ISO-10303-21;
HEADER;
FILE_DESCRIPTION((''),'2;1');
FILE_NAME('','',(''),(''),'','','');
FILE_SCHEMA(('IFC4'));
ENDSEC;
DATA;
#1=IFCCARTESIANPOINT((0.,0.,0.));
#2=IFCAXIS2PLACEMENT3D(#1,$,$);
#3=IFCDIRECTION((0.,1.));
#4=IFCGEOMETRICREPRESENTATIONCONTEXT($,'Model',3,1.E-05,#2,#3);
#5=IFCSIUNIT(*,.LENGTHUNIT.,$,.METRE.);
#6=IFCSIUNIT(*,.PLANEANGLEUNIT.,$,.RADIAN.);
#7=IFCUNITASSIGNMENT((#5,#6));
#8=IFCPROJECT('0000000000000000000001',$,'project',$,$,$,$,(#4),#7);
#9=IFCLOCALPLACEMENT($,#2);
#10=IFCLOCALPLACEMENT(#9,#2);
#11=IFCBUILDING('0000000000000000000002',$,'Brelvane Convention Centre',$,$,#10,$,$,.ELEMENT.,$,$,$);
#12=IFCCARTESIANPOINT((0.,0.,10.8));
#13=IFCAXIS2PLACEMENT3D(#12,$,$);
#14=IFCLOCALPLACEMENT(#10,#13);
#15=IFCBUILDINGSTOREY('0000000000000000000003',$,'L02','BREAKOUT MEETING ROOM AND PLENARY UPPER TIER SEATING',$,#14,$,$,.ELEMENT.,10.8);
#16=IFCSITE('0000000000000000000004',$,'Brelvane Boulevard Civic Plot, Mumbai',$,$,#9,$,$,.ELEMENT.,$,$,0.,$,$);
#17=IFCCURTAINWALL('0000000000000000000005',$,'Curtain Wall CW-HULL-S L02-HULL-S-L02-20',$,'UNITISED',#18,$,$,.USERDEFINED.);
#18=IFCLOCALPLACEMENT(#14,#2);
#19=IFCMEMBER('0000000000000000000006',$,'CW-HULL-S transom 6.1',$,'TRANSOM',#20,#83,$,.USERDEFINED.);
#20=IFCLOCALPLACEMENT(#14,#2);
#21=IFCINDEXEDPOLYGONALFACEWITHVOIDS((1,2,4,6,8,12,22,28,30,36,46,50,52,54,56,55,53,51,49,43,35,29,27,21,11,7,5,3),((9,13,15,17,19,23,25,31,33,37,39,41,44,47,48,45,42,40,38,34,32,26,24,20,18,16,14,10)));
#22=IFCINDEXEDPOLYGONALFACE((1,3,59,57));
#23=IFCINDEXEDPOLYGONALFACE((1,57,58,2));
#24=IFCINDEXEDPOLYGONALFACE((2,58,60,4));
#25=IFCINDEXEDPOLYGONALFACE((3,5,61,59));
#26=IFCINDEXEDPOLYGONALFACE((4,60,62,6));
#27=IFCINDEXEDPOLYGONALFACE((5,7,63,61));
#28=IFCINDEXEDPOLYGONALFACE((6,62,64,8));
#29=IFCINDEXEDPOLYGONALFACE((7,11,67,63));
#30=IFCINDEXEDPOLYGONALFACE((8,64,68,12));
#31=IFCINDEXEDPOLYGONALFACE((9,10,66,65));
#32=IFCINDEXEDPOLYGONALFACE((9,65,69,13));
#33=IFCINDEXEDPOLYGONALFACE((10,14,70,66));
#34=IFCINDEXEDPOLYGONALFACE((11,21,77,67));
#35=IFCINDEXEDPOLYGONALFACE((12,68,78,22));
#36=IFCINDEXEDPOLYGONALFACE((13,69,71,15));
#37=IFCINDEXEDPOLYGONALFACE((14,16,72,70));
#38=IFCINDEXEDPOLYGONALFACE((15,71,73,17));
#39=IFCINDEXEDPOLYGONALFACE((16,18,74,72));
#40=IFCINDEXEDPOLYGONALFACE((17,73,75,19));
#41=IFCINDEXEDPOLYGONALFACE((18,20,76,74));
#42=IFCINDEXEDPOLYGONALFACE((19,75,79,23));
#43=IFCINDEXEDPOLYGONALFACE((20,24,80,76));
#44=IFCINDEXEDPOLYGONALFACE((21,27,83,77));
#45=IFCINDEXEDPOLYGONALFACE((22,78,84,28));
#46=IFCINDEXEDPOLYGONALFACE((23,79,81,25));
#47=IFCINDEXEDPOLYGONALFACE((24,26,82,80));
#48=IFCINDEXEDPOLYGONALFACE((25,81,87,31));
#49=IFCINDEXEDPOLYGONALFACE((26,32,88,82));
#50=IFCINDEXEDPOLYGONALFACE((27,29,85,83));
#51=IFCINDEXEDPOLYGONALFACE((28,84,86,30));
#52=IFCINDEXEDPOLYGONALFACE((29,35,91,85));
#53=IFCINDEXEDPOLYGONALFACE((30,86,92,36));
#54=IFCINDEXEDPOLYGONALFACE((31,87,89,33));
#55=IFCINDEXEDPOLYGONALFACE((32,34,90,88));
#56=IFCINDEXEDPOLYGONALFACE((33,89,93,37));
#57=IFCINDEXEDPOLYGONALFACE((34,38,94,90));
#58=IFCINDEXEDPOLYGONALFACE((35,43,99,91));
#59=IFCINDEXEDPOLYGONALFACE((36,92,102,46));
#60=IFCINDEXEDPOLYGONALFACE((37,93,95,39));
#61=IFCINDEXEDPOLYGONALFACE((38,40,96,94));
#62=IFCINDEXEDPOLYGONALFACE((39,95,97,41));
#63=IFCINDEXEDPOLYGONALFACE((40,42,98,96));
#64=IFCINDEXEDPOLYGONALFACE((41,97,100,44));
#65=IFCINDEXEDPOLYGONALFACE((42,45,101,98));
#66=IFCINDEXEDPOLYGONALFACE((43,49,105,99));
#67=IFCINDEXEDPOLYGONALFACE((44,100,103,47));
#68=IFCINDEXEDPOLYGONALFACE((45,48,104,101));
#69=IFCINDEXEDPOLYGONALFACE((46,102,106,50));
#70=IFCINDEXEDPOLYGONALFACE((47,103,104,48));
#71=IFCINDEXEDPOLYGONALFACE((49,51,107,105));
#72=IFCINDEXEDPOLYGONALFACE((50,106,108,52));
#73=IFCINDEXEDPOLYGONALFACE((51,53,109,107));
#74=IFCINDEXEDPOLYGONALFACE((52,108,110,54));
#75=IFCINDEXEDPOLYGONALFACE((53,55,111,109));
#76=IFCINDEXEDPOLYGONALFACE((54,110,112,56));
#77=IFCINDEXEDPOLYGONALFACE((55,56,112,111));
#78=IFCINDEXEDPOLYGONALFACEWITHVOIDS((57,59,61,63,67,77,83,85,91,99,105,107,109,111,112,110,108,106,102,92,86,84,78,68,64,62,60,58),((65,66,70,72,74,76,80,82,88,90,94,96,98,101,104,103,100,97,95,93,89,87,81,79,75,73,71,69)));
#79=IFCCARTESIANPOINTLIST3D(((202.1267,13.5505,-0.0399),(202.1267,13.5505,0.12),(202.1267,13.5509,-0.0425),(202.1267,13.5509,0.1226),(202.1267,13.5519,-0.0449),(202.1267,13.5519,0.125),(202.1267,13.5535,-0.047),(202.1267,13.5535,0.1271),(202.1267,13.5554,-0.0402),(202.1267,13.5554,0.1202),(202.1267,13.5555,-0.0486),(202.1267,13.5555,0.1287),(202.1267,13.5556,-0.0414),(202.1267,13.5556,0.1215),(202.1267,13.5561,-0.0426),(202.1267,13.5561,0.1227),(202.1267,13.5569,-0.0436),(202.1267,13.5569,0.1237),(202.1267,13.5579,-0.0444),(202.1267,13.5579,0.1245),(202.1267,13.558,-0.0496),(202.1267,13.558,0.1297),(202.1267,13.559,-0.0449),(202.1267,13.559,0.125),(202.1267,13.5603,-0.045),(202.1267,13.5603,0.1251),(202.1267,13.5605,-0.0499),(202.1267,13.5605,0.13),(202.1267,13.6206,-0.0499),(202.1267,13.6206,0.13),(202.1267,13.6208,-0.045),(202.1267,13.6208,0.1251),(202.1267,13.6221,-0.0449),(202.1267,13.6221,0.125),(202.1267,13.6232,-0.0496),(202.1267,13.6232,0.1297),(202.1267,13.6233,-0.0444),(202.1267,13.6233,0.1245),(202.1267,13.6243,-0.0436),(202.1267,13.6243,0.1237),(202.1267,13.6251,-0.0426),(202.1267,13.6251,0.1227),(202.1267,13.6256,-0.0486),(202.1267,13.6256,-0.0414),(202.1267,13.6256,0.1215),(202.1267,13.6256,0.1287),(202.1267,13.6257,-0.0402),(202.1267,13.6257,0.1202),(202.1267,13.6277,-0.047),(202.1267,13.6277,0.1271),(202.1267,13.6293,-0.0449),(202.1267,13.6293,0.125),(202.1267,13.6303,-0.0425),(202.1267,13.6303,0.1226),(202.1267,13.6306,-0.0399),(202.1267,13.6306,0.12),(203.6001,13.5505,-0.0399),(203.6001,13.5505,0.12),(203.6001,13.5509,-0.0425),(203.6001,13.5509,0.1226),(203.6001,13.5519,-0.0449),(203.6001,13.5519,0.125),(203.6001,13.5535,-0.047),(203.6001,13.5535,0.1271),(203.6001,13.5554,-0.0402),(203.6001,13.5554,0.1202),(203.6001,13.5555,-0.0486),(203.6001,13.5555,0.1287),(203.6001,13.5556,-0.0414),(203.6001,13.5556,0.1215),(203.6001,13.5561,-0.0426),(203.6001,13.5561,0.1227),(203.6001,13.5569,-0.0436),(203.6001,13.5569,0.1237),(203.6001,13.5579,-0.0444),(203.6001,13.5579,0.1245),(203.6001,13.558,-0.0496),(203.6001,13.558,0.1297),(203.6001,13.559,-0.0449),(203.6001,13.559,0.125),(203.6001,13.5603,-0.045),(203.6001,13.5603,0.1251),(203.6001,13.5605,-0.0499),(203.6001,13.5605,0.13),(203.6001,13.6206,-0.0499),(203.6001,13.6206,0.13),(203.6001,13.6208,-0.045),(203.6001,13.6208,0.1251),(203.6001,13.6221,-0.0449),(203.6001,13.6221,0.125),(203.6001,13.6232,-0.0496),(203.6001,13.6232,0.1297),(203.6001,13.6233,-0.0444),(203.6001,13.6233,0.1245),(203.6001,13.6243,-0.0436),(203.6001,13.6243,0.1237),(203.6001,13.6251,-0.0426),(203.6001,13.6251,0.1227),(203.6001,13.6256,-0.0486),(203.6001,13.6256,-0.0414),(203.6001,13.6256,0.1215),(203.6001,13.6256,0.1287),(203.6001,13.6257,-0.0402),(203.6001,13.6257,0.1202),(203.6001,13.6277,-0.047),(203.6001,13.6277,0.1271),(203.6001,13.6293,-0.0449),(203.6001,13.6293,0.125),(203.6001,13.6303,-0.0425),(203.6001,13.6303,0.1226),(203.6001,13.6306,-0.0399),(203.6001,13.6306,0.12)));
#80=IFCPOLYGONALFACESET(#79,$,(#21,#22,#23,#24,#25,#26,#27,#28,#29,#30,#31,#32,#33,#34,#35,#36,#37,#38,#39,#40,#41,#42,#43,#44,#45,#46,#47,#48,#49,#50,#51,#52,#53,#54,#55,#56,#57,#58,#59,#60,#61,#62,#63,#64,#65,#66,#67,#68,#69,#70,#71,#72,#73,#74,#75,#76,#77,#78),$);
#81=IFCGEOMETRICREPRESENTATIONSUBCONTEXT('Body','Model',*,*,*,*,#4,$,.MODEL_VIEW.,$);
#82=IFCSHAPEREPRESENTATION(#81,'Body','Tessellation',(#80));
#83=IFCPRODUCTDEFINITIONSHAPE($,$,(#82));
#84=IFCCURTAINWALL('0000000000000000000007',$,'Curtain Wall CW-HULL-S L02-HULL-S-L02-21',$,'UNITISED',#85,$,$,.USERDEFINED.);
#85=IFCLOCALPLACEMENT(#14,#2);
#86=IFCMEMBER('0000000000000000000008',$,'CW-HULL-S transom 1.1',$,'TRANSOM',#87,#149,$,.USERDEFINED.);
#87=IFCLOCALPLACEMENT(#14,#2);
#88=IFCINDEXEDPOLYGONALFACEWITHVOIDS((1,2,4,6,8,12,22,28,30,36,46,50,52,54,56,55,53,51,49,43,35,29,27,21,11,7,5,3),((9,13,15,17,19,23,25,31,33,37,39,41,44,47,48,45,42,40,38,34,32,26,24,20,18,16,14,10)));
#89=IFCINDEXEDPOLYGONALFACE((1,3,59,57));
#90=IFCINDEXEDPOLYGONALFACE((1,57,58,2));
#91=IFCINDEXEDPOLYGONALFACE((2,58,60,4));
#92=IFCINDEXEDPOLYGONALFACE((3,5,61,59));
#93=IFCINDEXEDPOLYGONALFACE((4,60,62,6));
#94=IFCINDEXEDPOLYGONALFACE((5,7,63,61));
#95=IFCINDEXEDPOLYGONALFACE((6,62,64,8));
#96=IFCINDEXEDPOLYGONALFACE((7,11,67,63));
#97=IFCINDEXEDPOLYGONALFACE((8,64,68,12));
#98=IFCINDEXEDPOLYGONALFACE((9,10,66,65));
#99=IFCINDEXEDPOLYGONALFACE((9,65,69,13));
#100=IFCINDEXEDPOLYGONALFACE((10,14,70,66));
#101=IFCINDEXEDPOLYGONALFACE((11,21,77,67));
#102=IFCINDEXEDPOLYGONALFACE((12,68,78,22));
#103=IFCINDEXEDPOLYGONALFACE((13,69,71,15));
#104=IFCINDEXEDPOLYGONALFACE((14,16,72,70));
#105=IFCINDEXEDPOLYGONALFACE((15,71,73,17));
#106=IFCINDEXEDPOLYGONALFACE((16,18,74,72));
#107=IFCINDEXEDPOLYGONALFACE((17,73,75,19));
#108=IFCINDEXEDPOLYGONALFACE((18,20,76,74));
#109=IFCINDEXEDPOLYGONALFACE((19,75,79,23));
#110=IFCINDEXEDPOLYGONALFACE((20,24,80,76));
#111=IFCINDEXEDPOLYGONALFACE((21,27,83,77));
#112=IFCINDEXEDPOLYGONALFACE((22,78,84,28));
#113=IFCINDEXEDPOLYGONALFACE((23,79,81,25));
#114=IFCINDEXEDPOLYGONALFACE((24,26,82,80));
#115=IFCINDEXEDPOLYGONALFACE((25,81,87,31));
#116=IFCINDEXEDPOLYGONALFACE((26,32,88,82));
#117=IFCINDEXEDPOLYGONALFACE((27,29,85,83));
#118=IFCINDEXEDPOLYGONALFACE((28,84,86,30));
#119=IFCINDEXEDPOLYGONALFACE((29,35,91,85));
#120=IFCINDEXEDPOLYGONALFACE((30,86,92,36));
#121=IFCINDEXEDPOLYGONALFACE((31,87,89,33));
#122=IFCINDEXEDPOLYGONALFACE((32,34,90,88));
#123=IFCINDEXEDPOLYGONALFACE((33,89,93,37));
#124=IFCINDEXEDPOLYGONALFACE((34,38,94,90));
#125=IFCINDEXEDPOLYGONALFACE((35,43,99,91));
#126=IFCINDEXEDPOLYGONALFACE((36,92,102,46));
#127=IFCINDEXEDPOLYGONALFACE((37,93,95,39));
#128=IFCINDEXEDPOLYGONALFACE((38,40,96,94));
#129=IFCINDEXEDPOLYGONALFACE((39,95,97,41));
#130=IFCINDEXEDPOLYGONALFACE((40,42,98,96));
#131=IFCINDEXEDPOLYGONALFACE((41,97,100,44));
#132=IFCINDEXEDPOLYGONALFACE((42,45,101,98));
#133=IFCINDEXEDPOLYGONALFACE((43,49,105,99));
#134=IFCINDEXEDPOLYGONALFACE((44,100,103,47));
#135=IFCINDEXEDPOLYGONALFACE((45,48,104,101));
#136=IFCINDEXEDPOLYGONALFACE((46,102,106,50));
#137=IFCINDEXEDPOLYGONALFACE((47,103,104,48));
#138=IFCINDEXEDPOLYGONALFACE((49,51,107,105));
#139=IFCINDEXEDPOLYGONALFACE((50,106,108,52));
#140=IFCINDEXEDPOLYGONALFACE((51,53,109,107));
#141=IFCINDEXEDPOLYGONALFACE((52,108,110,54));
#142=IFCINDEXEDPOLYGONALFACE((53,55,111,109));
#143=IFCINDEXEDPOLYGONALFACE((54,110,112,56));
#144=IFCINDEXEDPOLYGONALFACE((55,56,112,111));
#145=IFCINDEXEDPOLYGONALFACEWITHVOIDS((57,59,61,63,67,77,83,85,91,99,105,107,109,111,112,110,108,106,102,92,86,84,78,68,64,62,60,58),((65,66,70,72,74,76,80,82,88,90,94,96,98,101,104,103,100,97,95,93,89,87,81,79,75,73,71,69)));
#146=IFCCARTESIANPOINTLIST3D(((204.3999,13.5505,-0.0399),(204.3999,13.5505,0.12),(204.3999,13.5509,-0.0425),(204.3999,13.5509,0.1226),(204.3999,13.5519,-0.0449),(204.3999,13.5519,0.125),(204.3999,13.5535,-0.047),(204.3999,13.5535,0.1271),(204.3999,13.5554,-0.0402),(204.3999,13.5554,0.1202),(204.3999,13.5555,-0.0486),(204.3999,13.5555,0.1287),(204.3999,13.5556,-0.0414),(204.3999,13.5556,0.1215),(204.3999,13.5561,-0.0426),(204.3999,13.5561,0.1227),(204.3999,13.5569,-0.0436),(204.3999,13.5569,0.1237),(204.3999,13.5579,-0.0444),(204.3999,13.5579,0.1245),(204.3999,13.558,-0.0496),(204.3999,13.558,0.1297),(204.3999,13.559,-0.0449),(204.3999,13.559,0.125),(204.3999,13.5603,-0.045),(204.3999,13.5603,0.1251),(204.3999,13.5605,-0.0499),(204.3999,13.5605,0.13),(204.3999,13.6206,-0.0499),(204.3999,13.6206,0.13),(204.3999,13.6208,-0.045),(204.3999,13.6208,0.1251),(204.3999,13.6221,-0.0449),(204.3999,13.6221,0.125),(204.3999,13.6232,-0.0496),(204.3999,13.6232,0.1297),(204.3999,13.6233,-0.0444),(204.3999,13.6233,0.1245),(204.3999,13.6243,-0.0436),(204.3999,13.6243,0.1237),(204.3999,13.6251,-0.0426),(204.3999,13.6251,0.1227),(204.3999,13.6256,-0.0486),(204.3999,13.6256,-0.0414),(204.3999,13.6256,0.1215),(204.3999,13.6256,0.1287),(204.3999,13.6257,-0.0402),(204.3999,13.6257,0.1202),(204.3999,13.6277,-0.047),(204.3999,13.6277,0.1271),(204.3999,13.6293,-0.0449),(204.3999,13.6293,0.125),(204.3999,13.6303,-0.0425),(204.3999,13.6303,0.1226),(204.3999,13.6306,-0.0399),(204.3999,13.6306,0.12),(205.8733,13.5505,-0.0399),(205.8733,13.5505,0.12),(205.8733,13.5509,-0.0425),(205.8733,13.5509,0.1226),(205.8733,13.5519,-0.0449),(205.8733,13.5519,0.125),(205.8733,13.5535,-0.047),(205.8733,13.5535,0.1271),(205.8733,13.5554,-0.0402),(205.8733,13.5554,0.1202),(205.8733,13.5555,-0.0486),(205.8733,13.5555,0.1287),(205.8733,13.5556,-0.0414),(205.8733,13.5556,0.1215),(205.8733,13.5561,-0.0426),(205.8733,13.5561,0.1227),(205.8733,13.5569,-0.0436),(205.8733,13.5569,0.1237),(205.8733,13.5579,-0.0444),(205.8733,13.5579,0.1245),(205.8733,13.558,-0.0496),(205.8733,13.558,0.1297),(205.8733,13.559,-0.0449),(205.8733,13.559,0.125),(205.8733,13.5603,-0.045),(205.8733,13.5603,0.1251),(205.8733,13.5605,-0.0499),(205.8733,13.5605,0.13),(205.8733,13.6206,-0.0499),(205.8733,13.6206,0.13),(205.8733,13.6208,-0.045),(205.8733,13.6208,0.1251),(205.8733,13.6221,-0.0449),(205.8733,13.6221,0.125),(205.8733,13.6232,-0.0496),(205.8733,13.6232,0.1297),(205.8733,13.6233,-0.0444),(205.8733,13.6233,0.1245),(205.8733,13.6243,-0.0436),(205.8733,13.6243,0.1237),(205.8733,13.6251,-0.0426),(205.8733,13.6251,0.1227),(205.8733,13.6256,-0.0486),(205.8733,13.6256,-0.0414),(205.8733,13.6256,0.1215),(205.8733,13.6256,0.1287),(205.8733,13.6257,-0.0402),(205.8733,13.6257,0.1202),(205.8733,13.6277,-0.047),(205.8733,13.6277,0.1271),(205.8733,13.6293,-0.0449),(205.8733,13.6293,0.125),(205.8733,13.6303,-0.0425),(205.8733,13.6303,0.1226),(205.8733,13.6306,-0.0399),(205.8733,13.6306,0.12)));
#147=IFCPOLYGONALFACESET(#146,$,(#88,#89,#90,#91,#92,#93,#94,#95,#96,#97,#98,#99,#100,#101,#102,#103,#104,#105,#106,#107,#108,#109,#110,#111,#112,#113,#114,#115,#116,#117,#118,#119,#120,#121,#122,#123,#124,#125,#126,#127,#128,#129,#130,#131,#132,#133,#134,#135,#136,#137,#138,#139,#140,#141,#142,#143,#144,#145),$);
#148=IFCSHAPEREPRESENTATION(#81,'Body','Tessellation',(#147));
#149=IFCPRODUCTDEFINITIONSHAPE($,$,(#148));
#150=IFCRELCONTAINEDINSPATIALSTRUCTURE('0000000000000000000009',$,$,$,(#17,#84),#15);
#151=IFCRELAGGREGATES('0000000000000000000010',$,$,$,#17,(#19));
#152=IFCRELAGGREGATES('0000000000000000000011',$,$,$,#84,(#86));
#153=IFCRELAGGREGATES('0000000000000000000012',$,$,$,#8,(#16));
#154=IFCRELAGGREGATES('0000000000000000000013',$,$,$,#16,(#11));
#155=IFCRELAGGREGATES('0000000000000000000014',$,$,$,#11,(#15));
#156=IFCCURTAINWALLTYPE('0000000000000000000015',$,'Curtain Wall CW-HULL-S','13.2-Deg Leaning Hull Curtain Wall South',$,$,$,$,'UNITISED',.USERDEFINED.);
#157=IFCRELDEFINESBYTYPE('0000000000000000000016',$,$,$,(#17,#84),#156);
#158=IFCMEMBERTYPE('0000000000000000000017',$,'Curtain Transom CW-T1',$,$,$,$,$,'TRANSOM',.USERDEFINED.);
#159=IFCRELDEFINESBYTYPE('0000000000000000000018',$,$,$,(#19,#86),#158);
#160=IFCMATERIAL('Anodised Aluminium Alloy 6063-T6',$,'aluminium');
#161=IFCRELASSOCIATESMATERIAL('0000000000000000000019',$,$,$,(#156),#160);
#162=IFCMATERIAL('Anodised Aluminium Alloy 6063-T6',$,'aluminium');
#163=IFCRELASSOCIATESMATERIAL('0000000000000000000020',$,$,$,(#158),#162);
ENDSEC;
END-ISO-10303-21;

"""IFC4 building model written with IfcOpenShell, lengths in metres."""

from ifc_helpers import new_model, si_unit, direction, frame, origin, origin_2d, place, context, subcontext, project, spatial, hollow_rectangle, extrude, material, material_profile, profile_set, type_object, element, aggregate, save


model = new_model("IFC4")

# Units and contexts
model_context = context("Model", 3, precision=1e-05, world=origin(), true_north=direction((0.0, 1.0)))
body_context = subcontext(model_context, "Body", "Model", "MODEL_VIEW")
ifc_project = project(units=[si_unit("LENGTHUNIT", "METRE"), si_unit("PLANEANGLEUNIT", "RADIAN")], contexts=[model_context])

# Site, building, storey
site_placement = place(None, origin())
site = spatial("IfcSite", under=ifc_project, at=site_placement, Name="Brelvane Boulevard Civic Plot, Mumbai", CompositionType="ELEMENT", RefElevation=0.0)
building_placement = place(site_placement, origin())
building = spatial("IfcBuilding", under=site, at=building_placement, Name="Brelvane Convention Centre", CompositionType="ELEMENT")
storey_placement = place(building_placement, frame((0.0, 0.0, 10.8)))
storey = spatial("IfcBuildingStorey", under=building, at=storey_placement, Name="L02", Description="BREAKOUT MEETING ROOM AND PLENARY UPPER TIER SEATING", CompositionType="ELEMENT", Elevation=10.8)

# Curtain wall
ifc_material_1 = material(Name="Anodised Aluminium Alloy 6063-T6", Category="aluminium")
curtain_wall_type = type_object("IfcCurtainWallType", Name="Curtain Wall CW-HULL-S", Description="13.2-Deg Leaning Hull Curtain Wall South", ElementType="UNITISED", PredefinedType="USERDEFINED", material=ifc_material_1)
curtain_wall_1_placement = place(storey_placement, origin())
curtain_wall_1 = element("IfcCurtainWall", 1, at=curtain_wall_1_placement, inside=storey, type_object=curtain_wall_type, Name="Curtain Wall CW-HULL-S L02-HULL-S-L02-20", ObjectType="UNITISED", PredefinedType="USERDEFINED")

# Member
ifc_material_2 = material(Name="Anodised Aluminium Alloy 6063-T6", Category="aluminium")
ifc_material_profile_1 = material_profile(ifc_material_2, hollow_rectangle(XDim=0.0801, YDim=0.1799, WallThickness=0.0049, InnerFilletRadius=0.0049, OuterFilletRadius=0.01, at=origin_2d()), Name="ALU-T 180x80x5.0")
ifc_profile_set_1 = profile_set([ifc_material_profile_1], Name="Anodised Aluminium Alloy 6063-T6")
member_type_1 = type_object("IfcMemberType", Name="Curtain Transom CW-T1", ElementType="TRANSOM", PredefinedType="USERDEFINED", material=ifc_profile_set_1)
member_1_placement = place(storey_placement, frame((202.1267, 13.5906, 0.04), z_axis=(1.0, 0.0, 0.0), x_axis=(0.0, 1.0, 0.0)))
member_1 = element("IfcMember", 2, at=member_1_placement, type_object=member_type_1, Name="CW-HULL-S transom 6.1", ObjectType="TRANSOM", PredefinedType="USERDEFINED", context=body_context, shape_type="SweptSolid", body=[
    extrude(hollow_rectangle(XDim=0.0801, YDim=0.1799, WallThickness=0.0049, InnerFilletRadius=0.0049, OuterFilletRadius=0.01, at=origin_2d()), origin(), (0.0, 0.0, 1.0), 1.4734),
])

# Curtain wall, member
curtain_wall_2_placement = place(storey_placement, origin())
curtain_wall_2 = element("IfcCurtainWall", 3, at=curtain_wall_2_placement, inside=storey, type_object=curtain_wall_type, Name="Curtain Wall CW-HULL-S L02-HULL-S-L02-21", ObjectType="UNITISED", PredefinedType="USERDEFINED")
member_2_placement = place(storey_placement, frame((204.3999, 13.5906, 0.04), z_axis=(1.0, 0.0, 0.0), x_axis=(0.0, 1.0, 0.0)))
member_2 = element("IfcMember", 4, at=member_2_placement, type_object=member_type_1, Name="CW-HULL-S transom 1.1", ObjectType="TRANSOM", PredefinedType="USERDEFINED", context=body_context, shape_type="SweptSolid", body=[
    extrude(hollow_rectangle(XDim=0.0801, YDim=0.1799, WallThickness=0.0049, InnerFilletRadius=0.0049, OuterFilletRadius=0.01, at=origin_2d()), origin(), (0.0, 0.0, 1.0), 1.4734),
])

aggregate(curtain_wall_1, [member_1])
aggregate(curtain_wall_2, [member_2])

save(model, "model.ifc")
